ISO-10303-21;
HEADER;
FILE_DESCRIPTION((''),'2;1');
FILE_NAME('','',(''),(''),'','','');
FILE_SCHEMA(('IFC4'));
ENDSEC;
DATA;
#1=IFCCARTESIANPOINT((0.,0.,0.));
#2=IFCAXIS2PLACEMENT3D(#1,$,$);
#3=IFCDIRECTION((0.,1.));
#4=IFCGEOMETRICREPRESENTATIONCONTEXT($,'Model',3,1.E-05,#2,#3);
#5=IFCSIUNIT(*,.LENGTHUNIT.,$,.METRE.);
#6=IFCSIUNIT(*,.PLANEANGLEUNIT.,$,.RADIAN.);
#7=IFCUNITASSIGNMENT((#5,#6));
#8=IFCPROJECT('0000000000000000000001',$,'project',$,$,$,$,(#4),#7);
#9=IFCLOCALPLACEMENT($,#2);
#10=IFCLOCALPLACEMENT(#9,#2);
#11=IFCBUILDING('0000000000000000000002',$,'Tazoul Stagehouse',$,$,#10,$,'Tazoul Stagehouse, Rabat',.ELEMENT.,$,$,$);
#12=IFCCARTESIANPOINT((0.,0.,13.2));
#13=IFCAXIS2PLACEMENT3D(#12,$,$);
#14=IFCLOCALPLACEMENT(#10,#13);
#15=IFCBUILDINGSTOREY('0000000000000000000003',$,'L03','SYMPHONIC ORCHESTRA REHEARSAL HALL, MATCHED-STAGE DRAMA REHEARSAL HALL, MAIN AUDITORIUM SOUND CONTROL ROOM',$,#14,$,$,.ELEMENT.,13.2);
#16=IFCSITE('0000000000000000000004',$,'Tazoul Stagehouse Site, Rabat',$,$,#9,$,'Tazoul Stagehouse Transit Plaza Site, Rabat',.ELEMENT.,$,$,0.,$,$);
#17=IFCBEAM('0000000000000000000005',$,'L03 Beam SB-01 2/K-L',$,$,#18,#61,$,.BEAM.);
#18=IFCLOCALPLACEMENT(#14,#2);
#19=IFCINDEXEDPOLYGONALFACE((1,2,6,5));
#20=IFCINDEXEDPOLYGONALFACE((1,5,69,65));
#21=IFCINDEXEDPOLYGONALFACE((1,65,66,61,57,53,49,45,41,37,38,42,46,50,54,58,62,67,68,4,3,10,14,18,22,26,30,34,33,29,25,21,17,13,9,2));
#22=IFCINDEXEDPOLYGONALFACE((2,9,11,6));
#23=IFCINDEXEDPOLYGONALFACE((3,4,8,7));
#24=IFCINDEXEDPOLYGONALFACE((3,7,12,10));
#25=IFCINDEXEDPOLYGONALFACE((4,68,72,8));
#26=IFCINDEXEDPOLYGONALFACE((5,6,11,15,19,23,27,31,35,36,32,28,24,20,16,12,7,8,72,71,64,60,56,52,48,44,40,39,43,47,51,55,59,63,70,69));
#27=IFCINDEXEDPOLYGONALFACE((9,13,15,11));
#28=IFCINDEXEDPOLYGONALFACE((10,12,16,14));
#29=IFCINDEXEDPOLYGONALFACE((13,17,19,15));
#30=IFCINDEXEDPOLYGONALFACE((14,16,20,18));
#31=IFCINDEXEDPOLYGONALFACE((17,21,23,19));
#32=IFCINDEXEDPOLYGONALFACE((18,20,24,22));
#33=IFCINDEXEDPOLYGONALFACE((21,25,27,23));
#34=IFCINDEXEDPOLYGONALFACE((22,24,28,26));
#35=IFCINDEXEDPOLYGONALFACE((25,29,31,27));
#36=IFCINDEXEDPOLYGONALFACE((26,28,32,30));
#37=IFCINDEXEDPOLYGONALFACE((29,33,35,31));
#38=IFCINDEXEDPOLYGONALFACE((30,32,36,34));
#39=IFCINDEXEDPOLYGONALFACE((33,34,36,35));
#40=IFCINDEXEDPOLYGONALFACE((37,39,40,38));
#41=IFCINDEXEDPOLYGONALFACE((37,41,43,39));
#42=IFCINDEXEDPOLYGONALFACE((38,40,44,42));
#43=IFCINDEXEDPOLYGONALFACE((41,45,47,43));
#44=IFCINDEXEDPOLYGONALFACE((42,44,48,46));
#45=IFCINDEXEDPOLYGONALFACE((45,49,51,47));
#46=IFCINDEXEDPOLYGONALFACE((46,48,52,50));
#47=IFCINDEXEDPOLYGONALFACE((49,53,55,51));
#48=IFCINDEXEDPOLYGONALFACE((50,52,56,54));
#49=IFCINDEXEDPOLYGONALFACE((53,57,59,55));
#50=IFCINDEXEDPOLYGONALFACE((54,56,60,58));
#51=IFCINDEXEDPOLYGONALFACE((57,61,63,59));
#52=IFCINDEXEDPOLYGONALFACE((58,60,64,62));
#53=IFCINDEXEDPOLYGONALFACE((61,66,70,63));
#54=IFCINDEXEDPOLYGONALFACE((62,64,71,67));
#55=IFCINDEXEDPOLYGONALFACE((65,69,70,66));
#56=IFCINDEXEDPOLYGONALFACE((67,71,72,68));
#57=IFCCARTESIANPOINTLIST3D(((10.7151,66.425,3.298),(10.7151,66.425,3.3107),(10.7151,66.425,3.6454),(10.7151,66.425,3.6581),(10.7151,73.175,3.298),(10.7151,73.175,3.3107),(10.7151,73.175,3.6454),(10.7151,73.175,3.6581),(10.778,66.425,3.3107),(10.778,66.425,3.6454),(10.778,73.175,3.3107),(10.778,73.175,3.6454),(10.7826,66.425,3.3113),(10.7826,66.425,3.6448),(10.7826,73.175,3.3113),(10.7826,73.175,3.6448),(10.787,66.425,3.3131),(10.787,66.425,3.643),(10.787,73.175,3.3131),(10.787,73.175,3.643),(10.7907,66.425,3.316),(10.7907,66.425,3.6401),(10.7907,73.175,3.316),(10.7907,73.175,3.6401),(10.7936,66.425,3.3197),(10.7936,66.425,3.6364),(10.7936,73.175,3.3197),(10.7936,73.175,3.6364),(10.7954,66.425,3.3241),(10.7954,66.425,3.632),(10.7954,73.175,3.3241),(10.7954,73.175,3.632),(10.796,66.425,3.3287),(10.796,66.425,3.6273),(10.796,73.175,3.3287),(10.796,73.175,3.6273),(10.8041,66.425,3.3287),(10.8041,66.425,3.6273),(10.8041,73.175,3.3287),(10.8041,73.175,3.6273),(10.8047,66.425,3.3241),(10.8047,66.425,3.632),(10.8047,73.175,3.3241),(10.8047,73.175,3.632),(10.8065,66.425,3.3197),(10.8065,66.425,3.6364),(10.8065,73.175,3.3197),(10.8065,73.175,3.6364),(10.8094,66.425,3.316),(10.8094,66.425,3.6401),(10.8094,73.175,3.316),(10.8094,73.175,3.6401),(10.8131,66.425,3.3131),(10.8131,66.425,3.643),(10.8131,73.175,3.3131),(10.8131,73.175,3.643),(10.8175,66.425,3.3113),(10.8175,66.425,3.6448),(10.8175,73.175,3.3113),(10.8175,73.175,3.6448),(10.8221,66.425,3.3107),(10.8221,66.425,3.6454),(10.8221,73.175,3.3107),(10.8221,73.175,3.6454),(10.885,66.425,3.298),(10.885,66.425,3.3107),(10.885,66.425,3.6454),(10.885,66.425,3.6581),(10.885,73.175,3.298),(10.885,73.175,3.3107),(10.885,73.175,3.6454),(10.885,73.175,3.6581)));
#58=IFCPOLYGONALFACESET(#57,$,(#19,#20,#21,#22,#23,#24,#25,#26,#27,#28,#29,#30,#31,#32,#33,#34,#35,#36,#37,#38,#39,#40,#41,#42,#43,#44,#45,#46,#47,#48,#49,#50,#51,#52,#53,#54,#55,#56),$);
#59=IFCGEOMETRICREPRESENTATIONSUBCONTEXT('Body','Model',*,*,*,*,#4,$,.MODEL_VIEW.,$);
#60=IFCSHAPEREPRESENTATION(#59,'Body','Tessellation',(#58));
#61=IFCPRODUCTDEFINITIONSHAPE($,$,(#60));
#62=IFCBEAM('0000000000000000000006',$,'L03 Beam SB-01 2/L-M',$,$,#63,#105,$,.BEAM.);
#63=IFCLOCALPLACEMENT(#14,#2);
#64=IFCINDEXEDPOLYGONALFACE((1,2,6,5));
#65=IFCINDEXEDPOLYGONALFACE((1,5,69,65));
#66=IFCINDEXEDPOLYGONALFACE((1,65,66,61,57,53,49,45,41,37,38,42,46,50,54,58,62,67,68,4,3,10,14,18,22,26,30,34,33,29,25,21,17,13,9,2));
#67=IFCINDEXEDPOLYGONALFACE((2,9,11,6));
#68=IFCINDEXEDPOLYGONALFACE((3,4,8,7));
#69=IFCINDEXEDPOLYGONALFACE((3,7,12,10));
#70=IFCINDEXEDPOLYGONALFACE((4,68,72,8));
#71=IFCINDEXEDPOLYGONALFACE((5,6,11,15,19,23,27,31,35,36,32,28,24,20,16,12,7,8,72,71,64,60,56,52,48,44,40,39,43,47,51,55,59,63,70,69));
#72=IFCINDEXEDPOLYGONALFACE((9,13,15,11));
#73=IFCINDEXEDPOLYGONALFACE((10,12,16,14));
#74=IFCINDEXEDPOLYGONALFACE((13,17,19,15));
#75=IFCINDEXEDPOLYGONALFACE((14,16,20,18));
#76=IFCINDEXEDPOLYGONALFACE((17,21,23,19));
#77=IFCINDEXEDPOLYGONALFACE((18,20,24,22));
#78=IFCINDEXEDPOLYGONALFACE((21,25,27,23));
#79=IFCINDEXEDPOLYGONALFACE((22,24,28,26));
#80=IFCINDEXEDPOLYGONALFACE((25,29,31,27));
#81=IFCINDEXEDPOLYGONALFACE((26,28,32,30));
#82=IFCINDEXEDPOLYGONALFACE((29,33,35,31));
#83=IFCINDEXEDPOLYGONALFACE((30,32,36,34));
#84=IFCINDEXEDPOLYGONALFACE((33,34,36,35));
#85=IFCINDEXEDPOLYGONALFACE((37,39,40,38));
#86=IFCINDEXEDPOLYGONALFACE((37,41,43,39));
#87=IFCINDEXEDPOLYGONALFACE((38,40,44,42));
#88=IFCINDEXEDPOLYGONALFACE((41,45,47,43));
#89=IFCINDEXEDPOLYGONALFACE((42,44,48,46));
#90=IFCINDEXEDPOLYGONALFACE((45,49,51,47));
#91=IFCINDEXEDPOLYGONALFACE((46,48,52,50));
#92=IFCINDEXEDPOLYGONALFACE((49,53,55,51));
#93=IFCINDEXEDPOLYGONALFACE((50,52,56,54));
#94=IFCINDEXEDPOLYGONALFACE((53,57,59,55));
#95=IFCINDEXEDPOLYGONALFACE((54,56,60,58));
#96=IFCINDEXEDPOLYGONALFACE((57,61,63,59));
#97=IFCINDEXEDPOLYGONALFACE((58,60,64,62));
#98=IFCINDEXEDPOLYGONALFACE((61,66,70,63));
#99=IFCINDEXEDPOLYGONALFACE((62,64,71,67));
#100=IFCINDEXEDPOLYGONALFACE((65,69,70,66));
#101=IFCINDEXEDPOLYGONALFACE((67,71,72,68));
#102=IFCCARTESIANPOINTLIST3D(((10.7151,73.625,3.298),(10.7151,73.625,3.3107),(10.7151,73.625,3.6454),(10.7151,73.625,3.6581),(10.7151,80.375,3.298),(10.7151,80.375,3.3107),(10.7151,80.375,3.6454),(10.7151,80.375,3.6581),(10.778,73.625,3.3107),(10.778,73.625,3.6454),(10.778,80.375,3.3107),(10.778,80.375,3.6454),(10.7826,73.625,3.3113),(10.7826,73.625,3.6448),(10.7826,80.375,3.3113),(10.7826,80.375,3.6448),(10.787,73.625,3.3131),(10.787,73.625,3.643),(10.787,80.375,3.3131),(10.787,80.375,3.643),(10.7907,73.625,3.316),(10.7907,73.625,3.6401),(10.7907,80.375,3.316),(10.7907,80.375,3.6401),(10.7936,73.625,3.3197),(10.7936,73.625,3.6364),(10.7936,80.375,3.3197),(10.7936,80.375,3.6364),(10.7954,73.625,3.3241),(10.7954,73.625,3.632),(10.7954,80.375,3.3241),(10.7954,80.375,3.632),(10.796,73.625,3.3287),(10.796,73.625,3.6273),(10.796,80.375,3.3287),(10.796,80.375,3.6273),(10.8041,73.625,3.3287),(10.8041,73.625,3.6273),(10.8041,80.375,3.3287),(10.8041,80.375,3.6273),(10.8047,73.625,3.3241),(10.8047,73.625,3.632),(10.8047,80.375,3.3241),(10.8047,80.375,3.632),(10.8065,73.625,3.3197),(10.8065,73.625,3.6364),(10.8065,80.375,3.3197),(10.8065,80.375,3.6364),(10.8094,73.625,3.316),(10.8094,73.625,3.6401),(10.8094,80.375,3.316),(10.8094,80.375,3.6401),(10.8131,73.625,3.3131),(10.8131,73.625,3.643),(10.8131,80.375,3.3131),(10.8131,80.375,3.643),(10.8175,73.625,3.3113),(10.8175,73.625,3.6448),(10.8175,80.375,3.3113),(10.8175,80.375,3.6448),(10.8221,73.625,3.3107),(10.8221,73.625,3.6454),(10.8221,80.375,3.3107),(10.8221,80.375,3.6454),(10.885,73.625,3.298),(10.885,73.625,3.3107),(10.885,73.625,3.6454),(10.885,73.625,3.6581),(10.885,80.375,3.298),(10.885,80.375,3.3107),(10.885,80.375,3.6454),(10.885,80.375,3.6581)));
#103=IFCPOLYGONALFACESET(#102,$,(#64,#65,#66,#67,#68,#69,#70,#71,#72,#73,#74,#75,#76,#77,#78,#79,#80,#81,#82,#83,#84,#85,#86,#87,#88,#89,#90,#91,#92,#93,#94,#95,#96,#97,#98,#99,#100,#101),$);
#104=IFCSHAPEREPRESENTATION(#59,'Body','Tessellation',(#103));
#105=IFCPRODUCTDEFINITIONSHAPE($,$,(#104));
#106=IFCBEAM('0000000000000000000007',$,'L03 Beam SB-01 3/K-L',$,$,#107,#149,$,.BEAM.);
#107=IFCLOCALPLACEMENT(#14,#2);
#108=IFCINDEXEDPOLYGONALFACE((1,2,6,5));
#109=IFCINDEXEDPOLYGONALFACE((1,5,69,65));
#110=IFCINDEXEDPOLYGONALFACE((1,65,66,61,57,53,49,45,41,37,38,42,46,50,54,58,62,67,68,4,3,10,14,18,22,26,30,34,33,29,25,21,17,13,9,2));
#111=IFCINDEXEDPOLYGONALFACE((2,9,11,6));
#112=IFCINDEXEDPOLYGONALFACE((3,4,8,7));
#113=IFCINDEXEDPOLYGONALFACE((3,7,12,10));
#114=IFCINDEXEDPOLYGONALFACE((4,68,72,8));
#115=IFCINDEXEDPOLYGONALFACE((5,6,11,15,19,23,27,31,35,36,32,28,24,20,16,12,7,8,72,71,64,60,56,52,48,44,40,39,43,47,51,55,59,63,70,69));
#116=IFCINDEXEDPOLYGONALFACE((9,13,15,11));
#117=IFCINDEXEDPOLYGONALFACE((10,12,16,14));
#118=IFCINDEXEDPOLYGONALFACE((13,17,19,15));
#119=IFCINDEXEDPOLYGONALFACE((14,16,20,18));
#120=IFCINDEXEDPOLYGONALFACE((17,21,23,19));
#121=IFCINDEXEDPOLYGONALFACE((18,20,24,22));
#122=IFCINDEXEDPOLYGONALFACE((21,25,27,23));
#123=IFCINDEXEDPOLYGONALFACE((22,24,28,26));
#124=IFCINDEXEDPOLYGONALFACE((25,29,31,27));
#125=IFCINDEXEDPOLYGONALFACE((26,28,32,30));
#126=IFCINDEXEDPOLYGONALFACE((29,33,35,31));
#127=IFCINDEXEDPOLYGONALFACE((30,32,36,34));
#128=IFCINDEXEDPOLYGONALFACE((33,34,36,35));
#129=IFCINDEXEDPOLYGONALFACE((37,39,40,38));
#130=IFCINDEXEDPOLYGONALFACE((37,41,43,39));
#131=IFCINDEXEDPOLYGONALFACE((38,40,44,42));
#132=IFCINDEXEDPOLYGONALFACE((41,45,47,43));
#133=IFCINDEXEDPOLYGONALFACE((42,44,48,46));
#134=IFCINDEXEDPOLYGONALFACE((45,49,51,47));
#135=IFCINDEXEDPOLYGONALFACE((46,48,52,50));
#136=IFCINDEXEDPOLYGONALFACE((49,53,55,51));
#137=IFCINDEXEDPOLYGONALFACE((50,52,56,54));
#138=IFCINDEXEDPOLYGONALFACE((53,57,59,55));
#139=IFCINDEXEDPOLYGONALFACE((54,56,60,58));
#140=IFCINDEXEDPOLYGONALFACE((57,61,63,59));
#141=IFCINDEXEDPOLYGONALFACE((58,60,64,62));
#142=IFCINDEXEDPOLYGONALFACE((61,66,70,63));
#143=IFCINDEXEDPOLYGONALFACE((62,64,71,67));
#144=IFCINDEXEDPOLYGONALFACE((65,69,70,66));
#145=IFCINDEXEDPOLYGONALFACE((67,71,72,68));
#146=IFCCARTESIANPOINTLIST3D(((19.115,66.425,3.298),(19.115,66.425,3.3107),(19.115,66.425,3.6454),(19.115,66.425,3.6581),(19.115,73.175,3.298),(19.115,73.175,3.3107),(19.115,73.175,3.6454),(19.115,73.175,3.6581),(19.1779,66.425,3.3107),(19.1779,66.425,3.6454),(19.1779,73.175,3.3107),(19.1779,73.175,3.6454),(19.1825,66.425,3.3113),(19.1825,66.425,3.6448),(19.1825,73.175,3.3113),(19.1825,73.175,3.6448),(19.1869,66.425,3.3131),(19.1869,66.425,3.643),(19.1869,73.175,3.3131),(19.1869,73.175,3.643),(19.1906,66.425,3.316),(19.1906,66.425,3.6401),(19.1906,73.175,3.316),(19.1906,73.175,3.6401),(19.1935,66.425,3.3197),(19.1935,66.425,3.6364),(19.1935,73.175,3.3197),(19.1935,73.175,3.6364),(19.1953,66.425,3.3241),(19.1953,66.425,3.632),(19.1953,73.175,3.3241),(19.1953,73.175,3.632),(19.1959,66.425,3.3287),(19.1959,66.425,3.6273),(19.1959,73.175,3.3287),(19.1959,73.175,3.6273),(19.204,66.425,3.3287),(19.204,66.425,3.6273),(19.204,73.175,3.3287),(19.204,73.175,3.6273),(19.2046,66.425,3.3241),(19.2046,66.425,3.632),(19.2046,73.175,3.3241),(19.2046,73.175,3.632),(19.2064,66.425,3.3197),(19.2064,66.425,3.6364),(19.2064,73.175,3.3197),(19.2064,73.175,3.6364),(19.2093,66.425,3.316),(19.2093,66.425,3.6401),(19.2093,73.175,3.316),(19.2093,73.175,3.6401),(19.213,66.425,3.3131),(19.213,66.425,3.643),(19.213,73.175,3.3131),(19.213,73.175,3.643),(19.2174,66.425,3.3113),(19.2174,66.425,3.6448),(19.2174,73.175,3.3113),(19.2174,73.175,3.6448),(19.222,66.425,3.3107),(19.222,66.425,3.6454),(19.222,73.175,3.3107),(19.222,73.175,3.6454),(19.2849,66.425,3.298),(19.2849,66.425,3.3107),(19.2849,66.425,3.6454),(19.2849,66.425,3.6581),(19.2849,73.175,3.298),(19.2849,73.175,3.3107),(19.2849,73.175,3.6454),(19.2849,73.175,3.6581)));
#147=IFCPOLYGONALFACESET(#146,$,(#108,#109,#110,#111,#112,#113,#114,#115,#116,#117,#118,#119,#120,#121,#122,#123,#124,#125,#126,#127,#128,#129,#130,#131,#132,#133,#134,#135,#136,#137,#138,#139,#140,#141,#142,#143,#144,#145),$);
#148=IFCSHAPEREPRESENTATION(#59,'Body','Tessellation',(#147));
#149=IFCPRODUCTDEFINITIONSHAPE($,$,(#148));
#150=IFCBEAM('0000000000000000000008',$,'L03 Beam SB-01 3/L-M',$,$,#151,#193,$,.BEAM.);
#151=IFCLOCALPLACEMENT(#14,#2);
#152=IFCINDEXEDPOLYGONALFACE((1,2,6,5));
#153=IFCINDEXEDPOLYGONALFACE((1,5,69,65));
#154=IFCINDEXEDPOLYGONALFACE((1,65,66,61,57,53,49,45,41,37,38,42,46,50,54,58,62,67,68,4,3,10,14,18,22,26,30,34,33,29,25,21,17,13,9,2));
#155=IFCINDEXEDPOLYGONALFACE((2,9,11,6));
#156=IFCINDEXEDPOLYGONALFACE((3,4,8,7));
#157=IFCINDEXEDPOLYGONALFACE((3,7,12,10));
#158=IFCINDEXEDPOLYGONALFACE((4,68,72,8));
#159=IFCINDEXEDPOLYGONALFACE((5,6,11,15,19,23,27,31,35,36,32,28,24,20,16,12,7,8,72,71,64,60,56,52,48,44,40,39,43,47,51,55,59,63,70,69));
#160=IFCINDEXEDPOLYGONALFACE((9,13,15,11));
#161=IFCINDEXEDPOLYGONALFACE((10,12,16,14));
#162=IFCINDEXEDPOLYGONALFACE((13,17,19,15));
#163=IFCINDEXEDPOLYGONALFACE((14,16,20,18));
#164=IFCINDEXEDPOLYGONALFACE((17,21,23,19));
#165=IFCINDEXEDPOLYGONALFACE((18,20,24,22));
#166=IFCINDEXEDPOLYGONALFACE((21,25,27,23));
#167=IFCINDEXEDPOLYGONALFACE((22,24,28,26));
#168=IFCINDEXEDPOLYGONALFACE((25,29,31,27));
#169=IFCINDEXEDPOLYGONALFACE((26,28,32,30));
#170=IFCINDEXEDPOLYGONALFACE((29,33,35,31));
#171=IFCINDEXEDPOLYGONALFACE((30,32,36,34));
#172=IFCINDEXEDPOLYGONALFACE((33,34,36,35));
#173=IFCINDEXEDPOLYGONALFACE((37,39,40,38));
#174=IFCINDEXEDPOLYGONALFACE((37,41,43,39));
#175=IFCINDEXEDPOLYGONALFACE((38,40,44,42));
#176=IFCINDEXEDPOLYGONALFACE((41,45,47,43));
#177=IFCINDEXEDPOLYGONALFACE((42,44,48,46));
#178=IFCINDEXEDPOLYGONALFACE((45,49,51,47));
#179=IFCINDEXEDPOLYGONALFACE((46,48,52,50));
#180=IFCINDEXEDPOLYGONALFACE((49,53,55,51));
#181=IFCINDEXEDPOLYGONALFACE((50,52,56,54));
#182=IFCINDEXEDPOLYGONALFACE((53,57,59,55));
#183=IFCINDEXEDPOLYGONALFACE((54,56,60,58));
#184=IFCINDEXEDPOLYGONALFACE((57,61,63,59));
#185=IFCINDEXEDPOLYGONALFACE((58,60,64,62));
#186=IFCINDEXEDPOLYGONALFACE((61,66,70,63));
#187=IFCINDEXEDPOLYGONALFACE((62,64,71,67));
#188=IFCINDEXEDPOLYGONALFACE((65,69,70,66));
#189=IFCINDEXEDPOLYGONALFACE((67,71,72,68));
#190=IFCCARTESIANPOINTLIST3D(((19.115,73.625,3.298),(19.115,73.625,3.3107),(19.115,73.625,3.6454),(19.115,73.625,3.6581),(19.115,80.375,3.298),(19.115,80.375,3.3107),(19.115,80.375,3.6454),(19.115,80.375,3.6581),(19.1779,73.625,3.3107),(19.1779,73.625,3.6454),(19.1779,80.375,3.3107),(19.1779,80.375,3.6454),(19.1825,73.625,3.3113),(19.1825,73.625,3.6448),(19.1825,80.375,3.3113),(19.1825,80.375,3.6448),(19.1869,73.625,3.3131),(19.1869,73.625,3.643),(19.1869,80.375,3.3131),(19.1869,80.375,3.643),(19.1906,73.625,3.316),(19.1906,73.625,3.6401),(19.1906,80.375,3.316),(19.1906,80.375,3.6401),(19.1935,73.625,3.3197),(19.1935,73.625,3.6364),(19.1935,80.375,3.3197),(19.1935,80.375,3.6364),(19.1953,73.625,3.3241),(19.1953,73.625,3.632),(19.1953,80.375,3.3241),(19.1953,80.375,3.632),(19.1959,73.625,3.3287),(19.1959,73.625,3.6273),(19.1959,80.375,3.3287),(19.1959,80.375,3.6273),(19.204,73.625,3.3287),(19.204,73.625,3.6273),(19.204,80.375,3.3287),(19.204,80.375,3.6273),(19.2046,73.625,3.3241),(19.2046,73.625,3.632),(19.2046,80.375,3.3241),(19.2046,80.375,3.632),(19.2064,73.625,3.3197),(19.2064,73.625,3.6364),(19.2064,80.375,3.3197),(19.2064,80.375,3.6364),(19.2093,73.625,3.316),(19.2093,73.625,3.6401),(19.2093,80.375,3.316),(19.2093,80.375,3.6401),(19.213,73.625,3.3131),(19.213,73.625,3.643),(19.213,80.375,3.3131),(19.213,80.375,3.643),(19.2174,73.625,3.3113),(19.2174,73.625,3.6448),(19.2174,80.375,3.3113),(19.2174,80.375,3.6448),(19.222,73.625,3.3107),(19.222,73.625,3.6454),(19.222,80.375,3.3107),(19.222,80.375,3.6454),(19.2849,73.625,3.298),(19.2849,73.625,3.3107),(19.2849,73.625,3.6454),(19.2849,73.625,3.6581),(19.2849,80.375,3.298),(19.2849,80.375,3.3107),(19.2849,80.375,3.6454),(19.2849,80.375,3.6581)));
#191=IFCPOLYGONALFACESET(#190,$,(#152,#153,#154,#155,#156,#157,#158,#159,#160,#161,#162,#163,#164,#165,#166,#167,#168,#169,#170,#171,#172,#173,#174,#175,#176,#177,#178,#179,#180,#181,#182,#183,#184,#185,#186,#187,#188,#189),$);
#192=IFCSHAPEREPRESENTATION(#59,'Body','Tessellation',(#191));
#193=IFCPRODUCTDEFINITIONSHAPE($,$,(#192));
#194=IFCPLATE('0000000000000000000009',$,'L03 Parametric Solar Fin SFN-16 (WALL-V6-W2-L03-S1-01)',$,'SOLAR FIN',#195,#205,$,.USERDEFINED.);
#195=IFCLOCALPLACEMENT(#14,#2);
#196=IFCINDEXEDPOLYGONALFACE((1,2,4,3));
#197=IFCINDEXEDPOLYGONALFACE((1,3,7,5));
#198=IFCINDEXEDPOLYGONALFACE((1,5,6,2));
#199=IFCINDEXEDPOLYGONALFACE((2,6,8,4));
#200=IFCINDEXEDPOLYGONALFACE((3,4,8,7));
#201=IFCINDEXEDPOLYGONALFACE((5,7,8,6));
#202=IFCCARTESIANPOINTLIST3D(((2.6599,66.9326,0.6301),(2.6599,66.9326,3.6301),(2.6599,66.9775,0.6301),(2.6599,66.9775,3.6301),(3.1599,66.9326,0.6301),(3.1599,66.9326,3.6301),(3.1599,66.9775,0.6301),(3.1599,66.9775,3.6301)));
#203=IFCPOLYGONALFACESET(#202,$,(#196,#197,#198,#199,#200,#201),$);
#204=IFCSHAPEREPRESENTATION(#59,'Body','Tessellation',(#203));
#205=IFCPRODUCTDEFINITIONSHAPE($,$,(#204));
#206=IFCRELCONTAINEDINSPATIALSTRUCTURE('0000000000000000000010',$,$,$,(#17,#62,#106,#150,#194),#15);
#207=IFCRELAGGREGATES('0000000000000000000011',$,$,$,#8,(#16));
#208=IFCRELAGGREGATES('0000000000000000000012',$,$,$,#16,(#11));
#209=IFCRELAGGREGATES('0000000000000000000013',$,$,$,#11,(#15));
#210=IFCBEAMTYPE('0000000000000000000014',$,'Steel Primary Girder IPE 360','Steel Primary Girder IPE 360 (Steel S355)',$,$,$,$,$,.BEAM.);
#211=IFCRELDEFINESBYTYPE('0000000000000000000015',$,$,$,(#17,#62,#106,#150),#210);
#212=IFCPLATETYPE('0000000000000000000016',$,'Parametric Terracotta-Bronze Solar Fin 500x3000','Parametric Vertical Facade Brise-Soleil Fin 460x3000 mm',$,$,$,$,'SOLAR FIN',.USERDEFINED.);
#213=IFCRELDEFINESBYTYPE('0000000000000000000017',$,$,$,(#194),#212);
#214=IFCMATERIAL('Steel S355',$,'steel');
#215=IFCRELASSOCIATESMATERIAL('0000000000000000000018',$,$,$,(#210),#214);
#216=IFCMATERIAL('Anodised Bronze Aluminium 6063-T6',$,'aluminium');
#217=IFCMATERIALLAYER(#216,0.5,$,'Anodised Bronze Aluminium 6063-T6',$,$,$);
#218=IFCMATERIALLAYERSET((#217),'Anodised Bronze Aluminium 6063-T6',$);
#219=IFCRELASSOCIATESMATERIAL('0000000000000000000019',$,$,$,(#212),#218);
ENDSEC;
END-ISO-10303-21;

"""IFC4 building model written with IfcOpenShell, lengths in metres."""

from ifc_helpers import new_model, si_unit, direction, frame, origin, origin_2d, place, context, subcontext, project, spatial, rectangle, i_section, extrude, material, layer, layer_set, material_profile, profile_set, type_object, element, save


model = new_model("IFC4")

# Units and contexts
model_context = context("Model", 3, precision=1e-05, world=origin(), true_north=direction((0.0, 1.0)))
body_context = subcontext(model_context, "Body", "Model", "MODEL_VIEW")
ifc_project = project(units=[si_unit("LENGTHUNIT", "METRE"), si_unit("PLANEANGLEUNIT", "RADIAN")], contexts=[model_context])

# Site, building, storey
site_placement = place(None, origin())
site = spatial("IfcSite", under=ifc_project, at=site_placement, Name="Tazoul Stagehouse Site, Rabat", LongName="Tazoul Stagehouse Transit Plaza Site, Rabat", CompositionType="ELEMENT", RefElevation=0.0)
building_placement = place(site_placement, origin())
building = spatial("IfcBuilding", under=site, at=building_placement, Name="Tazoul Stagehouse", LongName="Tazoul Stagehouse, Rabat", CompositionType="ELEMENT")
storey_placement = place(building_placement, frame((0.0, 0.0, 13.2)))
storey = spatial("IfcBuildingStorey", under=building, at=storey_placement, Name="L03", Description="SYMPHONIC ORCHESTRA REHEARSAL HALL, MATCHED-STAGE DRAMA REHEARSAL HALL, MAIN AUDITORIUM SOUND CONTROL ROOM", CompositionType="ELEMENT", Elevation=13.2)

# Beams
ifc_material_1 = material(Name="Steel S355", Category="steel")
ifc_material_profile_1 = material_profile(ifc_material_1, i_section(OverallWidth=0.1699, OverallDepth=0.3601, WebThickness=0.0081, FlangeThickness=0.0127, FilletRadius=0.0181, at=origin_2d()), Name="IPE 360")
ifc_profile_set_1 = profile_set([ifc_material_profile_1], Name="Steel S355")
beam_type_1 = type_object("IfcBeamType", Name="Steel Primary Girder IPE 360", Description="Steel Primary Girder IPE 360 (Steel S355)", PredefinedType="BEAM", material=ifc_profile_set_1)
for number, where, z_axis, x_axis, name in (
    (1, (10.8, 66.425, 3.478), (0.0, 1.0, 0.0), (-1.0, 0.0, 0.0), "L03 Beam SB-01 2/K-L"),
    (2, (10.8, 73.625, 3.478), (0.0, 1.0, 0.0), (-1.0, 0.0, 0.0), "L03 Beam SB-01 2/L-M"),
    (3, (19.2, 66.425, 3.478), (0.0, 1.0, 0.0), (-1.0, 0.0, 0.0), "L03 Beam SB-01 3/K-L"),
    (4, (19.2, 73.625, 3.478), (0.0, 1.0, 0.0), (-1.0, 0.0, 0.0), "L03 Beam SB-01 3/L-M"),
):
    element("IfcBeam", number, at=place(storey_placement, frame(where, z_axis=z_axis, x_axis=x_axis)), inside=storey, type_object=beam_type_1, Name=name, PredefinedType="BEAM", context=body_context, shape_type="SweptSolid", body=[
        extrude(i_section(OverallWidth=0.1699, OverallDepth=0.3601, WebThickness=0.0081, FlangeThickness=0.0127, FilletRadius=0.0181, at=origin_2d()), origin(), (0.0, 0.0, 1.0), 6.75),
    ])

# Plate
ifc_material_2 = material(Name="Anodised Bronze Aluminium 6063-T6", Category="aluminium")
ifc_layer_1 = layer(ifc_material_2, 0.5, Name="Anodised Bronze Aluminium 6063-T6")
ifc_layer_set_1 = layer_set([ifc_layer_1], Name="Anodised Bronze Aluminium 6063-T6")
plate_type_1 = type_object("IfcPlateType", Name="Parametric Terracotta-Bronze Solar Fin 500x3000", Description="Parametric Vertical Facade Brise-Soleil Fin 460x3000 mm", ElementType="SOLAR FIN", PredefinedType="USERDEFINED", material=ifc_layer_set_1)
for number, where, z_axis, x_axis, name in (
    (5, (2.9099, 66.9551, 0.6301), (0.0, 0.0, 1.0), (0.0, 1.0, 0.0), "L03 Parametric Solar Fin SFN-16 (WALL-V6-W2-L03-S1-01)"),
):
    element("IfcPlate", number, at=place(storey_placement, frame(where, z_axis=z_axis, x_axis=x_axis)), inside=storey, type_object=plate_type_1, Name=name, ObjectType="SOLAR FIN", PredefinedType="USERDEFINED", context=body_context, shape_type="SweptSolid", body=[
        extrude(rectangle(XDim=0.0449, YDim=0.5, at=origin_2d()), origin(), (0.0, 0.0, 1.0), 3.0),
    ])

save(model, "model.ifc")
